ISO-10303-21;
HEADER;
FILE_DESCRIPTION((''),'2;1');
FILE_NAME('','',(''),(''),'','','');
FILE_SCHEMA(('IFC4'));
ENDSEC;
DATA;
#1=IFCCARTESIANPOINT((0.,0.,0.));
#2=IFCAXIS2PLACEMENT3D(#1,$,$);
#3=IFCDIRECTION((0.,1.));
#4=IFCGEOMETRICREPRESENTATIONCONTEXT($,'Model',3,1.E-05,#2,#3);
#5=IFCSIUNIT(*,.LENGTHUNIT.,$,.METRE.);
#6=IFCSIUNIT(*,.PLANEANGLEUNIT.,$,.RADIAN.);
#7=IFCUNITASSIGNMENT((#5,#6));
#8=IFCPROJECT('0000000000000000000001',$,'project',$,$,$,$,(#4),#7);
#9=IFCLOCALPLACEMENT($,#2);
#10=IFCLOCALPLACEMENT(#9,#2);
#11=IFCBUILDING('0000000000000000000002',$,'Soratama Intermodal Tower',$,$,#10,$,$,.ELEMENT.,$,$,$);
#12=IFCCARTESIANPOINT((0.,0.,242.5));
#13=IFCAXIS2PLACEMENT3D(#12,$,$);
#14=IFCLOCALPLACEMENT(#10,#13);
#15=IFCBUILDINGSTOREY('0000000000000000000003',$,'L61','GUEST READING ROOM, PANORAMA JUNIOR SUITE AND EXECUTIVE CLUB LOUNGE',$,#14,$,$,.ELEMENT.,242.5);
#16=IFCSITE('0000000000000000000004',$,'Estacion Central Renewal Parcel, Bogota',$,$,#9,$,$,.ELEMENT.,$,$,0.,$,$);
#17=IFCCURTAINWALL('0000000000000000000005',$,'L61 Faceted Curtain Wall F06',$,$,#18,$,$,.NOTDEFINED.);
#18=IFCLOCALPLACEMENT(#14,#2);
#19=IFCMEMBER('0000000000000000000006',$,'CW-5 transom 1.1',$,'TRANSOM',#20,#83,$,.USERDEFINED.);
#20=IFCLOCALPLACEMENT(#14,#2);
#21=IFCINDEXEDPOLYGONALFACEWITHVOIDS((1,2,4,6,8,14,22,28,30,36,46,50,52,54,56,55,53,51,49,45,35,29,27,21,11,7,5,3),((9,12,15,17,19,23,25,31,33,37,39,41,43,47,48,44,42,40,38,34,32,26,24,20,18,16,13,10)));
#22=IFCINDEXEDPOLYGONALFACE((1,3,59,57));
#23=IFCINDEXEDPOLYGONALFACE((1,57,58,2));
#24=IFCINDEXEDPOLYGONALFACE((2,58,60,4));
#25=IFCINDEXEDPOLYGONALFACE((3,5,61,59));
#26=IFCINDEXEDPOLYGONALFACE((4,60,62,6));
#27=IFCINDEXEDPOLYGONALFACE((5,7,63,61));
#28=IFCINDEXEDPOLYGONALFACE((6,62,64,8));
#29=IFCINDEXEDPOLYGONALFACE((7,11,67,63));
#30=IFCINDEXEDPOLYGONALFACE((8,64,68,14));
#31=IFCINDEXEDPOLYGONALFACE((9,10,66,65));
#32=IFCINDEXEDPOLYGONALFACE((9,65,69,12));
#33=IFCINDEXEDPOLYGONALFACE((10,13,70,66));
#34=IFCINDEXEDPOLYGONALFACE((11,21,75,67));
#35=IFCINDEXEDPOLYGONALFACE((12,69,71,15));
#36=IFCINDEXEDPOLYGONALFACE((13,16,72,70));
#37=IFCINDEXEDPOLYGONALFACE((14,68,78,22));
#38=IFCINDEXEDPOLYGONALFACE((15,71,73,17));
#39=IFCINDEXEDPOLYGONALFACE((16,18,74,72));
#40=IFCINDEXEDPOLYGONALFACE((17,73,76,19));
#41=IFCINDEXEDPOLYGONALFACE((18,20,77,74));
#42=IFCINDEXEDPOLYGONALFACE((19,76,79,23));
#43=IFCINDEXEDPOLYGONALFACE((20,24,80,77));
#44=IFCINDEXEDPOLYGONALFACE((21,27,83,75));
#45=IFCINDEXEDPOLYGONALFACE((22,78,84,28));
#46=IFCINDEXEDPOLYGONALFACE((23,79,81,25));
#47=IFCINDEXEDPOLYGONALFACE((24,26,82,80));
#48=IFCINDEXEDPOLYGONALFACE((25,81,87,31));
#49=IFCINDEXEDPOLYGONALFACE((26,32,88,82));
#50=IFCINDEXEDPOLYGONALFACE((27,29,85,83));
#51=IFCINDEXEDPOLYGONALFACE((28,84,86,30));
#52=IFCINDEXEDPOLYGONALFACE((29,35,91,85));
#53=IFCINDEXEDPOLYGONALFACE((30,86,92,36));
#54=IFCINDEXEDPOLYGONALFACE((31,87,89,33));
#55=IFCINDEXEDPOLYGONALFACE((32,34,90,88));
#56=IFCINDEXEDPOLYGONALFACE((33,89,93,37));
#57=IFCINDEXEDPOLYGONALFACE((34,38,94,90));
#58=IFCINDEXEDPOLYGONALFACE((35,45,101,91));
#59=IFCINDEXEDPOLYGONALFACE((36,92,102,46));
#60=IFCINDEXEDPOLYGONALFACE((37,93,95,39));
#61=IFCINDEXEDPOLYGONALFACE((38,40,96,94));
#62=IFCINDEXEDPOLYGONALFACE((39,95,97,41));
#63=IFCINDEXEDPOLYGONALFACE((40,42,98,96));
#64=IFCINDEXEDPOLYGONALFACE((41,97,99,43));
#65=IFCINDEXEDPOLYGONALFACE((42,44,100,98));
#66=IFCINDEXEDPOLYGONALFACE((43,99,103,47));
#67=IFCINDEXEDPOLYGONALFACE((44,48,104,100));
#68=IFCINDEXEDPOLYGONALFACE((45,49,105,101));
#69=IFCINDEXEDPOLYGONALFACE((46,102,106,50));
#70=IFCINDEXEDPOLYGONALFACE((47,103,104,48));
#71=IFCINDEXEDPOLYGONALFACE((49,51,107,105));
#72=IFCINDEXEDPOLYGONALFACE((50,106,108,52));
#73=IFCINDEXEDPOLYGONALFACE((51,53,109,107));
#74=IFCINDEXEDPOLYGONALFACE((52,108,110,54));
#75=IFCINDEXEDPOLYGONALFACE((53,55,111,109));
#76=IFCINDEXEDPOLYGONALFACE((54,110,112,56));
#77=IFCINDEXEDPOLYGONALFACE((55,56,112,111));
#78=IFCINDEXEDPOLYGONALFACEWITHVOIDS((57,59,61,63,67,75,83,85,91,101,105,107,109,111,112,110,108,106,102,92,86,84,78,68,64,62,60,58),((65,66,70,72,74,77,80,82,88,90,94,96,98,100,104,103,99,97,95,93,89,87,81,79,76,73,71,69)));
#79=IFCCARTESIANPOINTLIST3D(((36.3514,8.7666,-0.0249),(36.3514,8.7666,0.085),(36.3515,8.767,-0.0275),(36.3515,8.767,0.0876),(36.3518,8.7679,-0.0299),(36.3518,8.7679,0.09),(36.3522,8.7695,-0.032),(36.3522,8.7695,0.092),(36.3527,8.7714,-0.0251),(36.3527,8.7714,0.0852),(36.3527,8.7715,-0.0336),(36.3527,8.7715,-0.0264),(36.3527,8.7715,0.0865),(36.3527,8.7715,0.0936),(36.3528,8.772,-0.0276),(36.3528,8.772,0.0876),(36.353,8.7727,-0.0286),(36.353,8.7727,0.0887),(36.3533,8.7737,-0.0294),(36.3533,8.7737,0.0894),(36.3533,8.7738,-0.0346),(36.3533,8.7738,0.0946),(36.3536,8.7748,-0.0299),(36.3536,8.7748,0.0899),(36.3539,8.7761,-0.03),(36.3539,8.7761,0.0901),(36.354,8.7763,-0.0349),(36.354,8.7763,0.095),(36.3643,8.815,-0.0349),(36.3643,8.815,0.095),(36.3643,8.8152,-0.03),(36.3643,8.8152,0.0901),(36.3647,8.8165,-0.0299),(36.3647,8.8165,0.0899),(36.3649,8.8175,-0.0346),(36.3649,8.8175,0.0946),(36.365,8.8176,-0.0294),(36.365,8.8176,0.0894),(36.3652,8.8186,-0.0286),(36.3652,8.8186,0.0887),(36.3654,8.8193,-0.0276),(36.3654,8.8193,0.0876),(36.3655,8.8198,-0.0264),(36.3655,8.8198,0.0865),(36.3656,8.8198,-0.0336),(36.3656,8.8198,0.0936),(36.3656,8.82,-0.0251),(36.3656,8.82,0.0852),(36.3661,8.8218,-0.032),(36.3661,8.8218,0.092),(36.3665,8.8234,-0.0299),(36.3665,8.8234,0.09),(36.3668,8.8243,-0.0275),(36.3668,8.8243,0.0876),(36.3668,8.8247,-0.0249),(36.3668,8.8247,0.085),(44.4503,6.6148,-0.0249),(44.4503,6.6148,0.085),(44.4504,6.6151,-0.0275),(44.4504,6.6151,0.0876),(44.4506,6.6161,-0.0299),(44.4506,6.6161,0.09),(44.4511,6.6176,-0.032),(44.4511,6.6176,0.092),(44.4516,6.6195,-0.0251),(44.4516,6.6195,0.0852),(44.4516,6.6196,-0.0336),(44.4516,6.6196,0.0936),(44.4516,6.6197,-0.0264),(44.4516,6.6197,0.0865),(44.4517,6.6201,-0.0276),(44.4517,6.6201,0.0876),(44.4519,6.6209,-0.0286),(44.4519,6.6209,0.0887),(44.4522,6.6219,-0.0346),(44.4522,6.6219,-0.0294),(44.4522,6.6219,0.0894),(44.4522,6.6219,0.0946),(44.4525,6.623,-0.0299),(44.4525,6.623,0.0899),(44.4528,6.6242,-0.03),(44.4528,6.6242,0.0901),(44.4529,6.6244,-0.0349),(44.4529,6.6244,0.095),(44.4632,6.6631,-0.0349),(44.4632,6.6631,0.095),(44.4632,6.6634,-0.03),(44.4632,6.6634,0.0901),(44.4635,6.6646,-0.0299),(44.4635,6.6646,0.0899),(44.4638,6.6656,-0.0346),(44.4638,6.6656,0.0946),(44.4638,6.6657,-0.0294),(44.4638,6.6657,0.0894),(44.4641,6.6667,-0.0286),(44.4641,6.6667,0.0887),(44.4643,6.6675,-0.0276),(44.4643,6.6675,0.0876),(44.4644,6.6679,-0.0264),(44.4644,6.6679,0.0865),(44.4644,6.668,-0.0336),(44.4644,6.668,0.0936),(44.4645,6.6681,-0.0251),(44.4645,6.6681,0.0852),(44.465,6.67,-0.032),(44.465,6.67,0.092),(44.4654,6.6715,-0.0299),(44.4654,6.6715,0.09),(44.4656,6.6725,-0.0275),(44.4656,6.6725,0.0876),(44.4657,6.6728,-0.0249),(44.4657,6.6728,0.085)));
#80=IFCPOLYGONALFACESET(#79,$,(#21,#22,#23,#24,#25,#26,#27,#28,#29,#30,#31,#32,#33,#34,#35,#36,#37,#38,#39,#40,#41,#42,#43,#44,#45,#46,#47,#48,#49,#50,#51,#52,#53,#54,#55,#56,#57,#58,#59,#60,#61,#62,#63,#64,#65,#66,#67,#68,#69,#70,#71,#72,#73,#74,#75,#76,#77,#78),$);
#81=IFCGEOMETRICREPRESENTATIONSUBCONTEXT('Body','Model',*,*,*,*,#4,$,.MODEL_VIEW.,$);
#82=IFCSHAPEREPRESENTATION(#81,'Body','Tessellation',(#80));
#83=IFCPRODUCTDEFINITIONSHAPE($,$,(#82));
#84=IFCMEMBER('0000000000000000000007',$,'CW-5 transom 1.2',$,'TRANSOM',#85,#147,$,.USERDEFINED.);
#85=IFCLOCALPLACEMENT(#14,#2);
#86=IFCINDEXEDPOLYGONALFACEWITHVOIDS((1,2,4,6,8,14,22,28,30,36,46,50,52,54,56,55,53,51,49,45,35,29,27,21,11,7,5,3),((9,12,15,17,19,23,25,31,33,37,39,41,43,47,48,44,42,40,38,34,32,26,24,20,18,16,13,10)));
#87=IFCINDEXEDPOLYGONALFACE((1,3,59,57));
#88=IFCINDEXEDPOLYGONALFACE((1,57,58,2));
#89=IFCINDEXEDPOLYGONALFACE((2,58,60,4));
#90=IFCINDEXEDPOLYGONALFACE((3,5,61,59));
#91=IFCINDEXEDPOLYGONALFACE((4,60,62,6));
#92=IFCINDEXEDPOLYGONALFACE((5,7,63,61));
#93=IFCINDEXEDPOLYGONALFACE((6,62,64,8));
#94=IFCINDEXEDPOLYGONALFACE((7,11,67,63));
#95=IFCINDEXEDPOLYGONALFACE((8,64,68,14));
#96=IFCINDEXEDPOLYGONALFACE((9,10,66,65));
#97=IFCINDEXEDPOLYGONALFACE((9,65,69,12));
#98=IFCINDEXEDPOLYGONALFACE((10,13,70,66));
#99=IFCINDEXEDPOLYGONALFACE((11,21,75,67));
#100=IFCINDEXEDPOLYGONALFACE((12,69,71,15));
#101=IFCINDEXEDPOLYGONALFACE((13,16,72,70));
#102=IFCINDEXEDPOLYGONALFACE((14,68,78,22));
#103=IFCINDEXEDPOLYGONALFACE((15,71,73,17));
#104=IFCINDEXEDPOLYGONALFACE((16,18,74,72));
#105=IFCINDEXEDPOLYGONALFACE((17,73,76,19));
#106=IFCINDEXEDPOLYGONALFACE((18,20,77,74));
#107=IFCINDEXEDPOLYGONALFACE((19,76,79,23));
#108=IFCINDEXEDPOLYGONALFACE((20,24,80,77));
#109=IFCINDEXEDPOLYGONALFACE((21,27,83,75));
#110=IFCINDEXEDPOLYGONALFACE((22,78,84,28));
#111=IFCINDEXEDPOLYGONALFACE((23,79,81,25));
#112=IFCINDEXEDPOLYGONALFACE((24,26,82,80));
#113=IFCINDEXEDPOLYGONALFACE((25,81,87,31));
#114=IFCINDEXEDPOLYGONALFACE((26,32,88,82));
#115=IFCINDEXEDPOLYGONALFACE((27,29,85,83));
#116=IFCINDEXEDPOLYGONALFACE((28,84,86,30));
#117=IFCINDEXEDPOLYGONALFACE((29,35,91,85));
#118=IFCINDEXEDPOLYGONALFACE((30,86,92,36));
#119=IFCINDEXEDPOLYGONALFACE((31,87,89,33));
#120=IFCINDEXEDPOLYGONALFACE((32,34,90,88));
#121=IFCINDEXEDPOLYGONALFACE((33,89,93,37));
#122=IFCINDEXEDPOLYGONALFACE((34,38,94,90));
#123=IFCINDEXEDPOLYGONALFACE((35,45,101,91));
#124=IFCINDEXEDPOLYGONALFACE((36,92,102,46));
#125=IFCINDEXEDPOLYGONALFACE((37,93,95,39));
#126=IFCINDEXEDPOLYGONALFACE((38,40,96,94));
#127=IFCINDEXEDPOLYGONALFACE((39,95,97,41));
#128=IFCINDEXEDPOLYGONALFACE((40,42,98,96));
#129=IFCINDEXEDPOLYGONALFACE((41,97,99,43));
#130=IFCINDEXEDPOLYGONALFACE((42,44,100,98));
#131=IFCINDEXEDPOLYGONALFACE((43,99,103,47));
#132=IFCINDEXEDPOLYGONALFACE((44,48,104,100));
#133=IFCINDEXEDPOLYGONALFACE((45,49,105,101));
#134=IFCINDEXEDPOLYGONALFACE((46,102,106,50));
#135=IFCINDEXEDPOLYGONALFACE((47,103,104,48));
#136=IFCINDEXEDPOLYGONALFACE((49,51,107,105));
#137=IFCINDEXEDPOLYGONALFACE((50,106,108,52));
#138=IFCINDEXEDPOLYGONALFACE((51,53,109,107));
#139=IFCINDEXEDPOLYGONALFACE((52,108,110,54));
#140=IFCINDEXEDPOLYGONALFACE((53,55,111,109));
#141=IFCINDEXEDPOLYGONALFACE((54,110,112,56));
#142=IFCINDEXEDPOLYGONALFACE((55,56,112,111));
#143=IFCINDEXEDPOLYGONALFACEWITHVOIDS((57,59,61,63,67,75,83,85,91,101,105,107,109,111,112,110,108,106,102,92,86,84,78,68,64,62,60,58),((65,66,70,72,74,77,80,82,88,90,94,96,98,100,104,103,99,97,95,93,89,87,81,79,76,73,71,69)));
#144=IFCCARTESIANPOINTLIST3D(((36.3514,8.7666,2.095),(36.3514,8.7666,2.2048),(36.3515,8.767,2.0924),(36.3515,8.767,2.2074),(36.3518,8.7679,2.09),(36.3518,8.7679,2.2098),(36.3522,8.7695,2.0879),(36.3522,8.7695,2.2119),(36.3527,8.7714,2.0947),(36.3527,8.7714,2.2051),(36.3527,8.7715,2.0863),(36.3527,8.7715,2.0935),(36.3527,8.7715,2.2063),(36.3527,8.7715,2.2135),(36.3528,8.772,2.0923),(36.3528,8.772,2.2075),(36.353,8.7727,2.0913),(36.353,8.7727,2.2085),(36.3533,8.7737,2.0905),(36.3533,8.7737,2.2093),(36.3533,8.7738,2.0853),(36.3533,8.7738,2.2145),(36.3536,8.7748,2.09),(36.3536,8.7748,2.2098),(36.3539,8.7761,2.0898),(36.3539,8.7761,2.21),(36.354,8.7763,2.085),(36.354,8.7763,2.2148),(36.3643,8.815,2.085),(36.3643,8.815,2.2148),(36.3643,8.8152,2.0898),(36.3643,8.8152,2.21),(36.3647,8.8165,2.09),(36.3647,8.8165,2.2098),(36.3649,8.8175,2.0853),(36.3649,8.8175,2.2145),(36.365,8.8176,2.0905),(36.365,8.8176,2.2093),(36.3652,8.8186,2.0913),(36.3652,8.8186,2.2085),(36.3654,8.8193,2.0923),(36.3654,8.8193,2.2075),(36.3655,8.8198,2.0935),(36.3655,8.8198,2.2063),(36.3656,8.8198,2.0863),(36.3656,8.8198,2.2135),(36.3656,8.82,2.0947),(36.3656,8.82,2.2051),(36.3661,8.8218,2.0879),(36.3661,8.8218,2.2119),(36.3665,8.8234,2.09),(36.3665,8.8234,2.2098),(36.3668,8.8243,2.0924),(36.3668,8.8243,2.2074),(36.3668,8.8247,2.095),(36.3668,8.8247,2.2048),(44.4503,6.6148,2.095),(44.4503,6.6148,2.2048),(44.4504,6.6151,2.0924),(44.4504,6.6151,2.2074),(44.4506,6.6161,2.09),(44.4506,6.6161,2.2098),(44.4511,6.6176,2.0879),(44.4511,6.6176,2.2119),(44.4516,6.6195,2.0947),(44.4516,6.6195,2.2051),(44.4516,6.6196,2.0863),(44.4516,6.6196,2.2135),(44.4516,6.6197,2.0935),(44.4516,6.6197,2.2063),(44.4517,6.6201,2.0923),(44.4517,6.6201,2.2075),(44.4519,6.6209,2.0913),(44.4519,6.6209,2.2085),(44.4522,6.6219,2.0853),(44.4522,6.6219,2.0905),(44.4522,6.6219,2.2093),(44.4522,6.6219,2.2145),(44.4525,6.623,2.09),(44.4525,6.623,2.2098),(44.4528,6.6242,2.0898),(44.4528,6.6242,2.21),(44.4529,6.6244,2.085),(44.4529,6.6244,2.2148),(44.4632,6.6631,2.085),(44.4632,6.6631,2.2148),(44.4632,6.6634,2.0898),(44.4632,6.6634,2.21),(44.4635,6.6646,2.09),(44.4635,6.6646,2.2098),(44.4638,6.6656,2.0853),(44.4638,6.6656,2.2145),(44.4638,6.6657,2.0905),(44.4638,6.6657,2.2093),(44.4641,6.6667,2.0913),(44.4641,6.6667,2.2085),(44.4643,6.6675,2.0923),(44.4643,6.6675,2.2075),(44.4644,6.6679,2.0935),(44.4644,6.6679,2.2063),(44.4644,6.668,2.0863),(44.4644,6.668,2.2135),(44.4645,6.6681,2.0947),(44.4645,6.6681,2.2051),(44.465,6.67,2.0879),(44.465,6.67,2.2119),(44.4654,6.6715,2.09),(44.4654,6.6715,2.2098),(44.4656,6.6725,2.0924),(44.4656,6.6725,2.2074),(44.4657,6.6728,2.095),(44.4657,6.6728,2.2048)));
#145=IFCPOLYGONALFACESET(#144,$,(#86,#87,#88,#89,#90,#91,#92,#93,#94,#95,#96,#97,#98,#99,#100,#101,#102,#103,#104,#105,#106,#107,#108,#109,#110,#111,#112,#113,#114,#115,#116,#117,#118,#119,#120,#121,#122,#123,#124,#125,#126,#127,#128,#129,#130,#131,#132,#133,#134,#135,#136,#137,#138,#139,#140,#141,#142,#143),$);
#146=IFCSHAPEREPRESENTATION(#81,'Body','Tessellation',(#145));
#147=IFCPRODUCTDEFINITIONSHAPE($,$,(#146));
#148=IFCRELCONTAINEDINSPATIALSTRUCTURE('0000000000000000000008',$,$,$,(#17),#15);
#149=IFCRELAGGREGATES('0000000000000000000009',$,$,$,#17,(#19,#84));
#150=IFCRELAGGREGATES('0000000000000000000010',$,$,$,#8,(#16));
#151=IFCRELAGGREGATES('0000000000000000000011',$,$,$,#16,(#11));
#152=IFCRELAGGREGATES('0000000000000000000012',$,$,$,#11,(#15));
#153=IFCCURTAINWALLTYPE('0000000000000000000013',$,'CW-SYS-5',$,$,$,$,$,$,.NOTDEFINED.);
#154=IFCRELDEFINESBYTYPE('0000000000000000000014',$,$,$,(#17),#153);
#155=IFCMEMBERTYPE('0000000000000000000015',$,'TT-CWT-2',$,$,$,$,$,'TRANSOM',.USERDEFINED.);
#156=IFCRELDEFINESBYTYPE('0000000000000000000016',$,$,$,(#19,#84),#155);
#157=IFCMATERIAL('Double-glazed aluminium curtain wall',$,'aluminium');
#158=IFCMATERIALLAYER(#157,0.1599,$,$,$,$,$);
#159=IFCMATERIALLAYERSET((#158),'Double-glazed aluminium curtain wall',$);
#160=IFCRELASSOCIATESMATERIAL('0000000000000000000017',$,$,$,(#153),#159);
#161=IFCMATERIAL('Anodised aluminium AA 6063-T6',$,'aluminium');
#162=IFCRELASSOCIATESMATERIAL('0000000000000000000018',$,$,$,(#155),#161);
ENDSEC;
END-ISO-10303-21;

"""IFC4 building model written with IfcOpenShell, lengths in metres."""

from ifc_helpers import new_model, si_unit, direction, frame, origin, origin_2d, place, context, subcontext, project, spatial, hollow_rectangle, extrude, material, layer, layer_set, material_profile, profile_set, type_object, element, aggregate, save


model = new_model("IFC4")

# Units and contexts
model_context = context("Model", 3, precision=1e-05, world=origin(), true_north=direction((0.0, 1.0)))
body_context = subcontext(model_context, "Body", "Model", "MODEL_VIEW")
ifc_project = project(units=[si_unit("LENGTHUNIT", "METRE"), si_unit("PLANEANGLEUNIT", "RADIAN")], contexts=[model_context])

# Site, building, storey
site_placement = place(None, origin())
site = spatial("IfcSite", under=ifc_project, at=site_placement, Name="Estacion Central Renewal Parcel, Bogota", CompositionType="ELEMENT", RefElevation=0.0)
building_placement = place(site_placement, origin())
building = spatial("IfcBuilding", under=site, at=building_placement, Name="Soratama Intermodal Tower", CompositionType="ELEMENT")
storey_placement = place(building_placement, frame((0.0, 0.0, 242.5)))
storey = spatial("IfcBuildingStorey", under=building, at=storey_placement, Name="L61", Description="GUEST READING ROOM, PANORAMA JUNIOR SUITE AND EXECUTIVE CLUB LOUNGE", CompositionType="ELEMENT", Elevation=242.5)

# Shared definitions
ifc_material_1 = material(Name="Double-glazed aluminium curtain wall", Category="aluminium")
ifc_layer_1 = layer(ifc_material_1, 0.1599)
ifc_layer_set_1 = layer_set([ifc_layer_1], Name="Double-glazed aluminium curtain wall")
curtain_wall_type = type_object("IfcCurtainWallType", Name="CW-SYS-5", PredefinedType="NOTDEFINED", material=ifc_layer_set_1)

# Curtain wall, members
curtain_wall_1_placement = place(storey_placement, origin())
curtain_wall_1 = element("IfcCurtainWall", 1, at=curtain_wall_1_placement, inside=storey, type_object=curtain_wall_type, Name="L61 Faceted Curtain Wall F06", PredefinedType="NOTDEFINED")
ifc_material_2 = material(Name="Anodised aluminium AA 6063-T6", Category="aluminium")
ifc_material_profile_1 = material_profile(ifc_material_2, hollow_rectangle(XDim=0.0601, YDim=0.1299, WallThickness=0.0049, InnerFilletRadius=0.0049, OuterFilletRadius=0.01, at=origin_2d()), Name="CWT130X60X5")
ifc_profile_set_1 = profile_set([ifc_material_profile_1], Name="Anodised aluminium AA 6063-T6")
member_type_1 = type_object("IfcMemberType", Name="TT-CWT-2", ElementType="TRANSOM", PredefinedType="USERDEFINED", material=ifc_profile_set_1)
member_1_placement = place(storey_placement, frame((36.3591, 8.7957, 0.03), z_axis=(0.966468, -0.256789, 0.0), x_axis=(0.256789, 0.966468, 0.0)))
member_1 = element("IfcMember", 2, at=member_1_placement, type_object=member_type_1, Name="CW-5 transom 1.1", ObjectType="TRANSOM", PredefinedType="USERDEFINED", context=body_context, shape_type="SweptSolid", body=[
    extrude(hollow_rectangle(XDim=0.0601, YDim=0.1299, WallThickness=0.0049, InnerFilletRadius=0.0049, OuterFilletRadius=0.01, at=origin_2d()), origin(), (0.0, 0.0, 1.0), 8.3799),
])
member_2_placement = place(storey_placement, frame((36.3591, 8.7957, 2.1499), z_axis=(0.966468, -0.256789, 0.0), x_axis=(0.256789, 0.966468, 0.0)))
member_2 = element("IfcMember", 3, at=member_2_placement, type_object=member_type_1, Name="CW-5 transom 1.2", ObjectType="TRANSOM", PredefinedType="USERDEFINED", context=body_context, shape_type="SweptSolid", body=[
    extrude(hollow_rectangle(XDim=0.0601, YDim=0.1299, WallThickness=0.0049, InnerFilletRadius=0.0049, OuterFilletRadius=0.01, at=origin_2d()), origin(), (0.0, 0.0, 1.0), 8.3799),
])
aggregate(curtain_wall_1, [member_1, member_2])

save(model, "model.ifc")
